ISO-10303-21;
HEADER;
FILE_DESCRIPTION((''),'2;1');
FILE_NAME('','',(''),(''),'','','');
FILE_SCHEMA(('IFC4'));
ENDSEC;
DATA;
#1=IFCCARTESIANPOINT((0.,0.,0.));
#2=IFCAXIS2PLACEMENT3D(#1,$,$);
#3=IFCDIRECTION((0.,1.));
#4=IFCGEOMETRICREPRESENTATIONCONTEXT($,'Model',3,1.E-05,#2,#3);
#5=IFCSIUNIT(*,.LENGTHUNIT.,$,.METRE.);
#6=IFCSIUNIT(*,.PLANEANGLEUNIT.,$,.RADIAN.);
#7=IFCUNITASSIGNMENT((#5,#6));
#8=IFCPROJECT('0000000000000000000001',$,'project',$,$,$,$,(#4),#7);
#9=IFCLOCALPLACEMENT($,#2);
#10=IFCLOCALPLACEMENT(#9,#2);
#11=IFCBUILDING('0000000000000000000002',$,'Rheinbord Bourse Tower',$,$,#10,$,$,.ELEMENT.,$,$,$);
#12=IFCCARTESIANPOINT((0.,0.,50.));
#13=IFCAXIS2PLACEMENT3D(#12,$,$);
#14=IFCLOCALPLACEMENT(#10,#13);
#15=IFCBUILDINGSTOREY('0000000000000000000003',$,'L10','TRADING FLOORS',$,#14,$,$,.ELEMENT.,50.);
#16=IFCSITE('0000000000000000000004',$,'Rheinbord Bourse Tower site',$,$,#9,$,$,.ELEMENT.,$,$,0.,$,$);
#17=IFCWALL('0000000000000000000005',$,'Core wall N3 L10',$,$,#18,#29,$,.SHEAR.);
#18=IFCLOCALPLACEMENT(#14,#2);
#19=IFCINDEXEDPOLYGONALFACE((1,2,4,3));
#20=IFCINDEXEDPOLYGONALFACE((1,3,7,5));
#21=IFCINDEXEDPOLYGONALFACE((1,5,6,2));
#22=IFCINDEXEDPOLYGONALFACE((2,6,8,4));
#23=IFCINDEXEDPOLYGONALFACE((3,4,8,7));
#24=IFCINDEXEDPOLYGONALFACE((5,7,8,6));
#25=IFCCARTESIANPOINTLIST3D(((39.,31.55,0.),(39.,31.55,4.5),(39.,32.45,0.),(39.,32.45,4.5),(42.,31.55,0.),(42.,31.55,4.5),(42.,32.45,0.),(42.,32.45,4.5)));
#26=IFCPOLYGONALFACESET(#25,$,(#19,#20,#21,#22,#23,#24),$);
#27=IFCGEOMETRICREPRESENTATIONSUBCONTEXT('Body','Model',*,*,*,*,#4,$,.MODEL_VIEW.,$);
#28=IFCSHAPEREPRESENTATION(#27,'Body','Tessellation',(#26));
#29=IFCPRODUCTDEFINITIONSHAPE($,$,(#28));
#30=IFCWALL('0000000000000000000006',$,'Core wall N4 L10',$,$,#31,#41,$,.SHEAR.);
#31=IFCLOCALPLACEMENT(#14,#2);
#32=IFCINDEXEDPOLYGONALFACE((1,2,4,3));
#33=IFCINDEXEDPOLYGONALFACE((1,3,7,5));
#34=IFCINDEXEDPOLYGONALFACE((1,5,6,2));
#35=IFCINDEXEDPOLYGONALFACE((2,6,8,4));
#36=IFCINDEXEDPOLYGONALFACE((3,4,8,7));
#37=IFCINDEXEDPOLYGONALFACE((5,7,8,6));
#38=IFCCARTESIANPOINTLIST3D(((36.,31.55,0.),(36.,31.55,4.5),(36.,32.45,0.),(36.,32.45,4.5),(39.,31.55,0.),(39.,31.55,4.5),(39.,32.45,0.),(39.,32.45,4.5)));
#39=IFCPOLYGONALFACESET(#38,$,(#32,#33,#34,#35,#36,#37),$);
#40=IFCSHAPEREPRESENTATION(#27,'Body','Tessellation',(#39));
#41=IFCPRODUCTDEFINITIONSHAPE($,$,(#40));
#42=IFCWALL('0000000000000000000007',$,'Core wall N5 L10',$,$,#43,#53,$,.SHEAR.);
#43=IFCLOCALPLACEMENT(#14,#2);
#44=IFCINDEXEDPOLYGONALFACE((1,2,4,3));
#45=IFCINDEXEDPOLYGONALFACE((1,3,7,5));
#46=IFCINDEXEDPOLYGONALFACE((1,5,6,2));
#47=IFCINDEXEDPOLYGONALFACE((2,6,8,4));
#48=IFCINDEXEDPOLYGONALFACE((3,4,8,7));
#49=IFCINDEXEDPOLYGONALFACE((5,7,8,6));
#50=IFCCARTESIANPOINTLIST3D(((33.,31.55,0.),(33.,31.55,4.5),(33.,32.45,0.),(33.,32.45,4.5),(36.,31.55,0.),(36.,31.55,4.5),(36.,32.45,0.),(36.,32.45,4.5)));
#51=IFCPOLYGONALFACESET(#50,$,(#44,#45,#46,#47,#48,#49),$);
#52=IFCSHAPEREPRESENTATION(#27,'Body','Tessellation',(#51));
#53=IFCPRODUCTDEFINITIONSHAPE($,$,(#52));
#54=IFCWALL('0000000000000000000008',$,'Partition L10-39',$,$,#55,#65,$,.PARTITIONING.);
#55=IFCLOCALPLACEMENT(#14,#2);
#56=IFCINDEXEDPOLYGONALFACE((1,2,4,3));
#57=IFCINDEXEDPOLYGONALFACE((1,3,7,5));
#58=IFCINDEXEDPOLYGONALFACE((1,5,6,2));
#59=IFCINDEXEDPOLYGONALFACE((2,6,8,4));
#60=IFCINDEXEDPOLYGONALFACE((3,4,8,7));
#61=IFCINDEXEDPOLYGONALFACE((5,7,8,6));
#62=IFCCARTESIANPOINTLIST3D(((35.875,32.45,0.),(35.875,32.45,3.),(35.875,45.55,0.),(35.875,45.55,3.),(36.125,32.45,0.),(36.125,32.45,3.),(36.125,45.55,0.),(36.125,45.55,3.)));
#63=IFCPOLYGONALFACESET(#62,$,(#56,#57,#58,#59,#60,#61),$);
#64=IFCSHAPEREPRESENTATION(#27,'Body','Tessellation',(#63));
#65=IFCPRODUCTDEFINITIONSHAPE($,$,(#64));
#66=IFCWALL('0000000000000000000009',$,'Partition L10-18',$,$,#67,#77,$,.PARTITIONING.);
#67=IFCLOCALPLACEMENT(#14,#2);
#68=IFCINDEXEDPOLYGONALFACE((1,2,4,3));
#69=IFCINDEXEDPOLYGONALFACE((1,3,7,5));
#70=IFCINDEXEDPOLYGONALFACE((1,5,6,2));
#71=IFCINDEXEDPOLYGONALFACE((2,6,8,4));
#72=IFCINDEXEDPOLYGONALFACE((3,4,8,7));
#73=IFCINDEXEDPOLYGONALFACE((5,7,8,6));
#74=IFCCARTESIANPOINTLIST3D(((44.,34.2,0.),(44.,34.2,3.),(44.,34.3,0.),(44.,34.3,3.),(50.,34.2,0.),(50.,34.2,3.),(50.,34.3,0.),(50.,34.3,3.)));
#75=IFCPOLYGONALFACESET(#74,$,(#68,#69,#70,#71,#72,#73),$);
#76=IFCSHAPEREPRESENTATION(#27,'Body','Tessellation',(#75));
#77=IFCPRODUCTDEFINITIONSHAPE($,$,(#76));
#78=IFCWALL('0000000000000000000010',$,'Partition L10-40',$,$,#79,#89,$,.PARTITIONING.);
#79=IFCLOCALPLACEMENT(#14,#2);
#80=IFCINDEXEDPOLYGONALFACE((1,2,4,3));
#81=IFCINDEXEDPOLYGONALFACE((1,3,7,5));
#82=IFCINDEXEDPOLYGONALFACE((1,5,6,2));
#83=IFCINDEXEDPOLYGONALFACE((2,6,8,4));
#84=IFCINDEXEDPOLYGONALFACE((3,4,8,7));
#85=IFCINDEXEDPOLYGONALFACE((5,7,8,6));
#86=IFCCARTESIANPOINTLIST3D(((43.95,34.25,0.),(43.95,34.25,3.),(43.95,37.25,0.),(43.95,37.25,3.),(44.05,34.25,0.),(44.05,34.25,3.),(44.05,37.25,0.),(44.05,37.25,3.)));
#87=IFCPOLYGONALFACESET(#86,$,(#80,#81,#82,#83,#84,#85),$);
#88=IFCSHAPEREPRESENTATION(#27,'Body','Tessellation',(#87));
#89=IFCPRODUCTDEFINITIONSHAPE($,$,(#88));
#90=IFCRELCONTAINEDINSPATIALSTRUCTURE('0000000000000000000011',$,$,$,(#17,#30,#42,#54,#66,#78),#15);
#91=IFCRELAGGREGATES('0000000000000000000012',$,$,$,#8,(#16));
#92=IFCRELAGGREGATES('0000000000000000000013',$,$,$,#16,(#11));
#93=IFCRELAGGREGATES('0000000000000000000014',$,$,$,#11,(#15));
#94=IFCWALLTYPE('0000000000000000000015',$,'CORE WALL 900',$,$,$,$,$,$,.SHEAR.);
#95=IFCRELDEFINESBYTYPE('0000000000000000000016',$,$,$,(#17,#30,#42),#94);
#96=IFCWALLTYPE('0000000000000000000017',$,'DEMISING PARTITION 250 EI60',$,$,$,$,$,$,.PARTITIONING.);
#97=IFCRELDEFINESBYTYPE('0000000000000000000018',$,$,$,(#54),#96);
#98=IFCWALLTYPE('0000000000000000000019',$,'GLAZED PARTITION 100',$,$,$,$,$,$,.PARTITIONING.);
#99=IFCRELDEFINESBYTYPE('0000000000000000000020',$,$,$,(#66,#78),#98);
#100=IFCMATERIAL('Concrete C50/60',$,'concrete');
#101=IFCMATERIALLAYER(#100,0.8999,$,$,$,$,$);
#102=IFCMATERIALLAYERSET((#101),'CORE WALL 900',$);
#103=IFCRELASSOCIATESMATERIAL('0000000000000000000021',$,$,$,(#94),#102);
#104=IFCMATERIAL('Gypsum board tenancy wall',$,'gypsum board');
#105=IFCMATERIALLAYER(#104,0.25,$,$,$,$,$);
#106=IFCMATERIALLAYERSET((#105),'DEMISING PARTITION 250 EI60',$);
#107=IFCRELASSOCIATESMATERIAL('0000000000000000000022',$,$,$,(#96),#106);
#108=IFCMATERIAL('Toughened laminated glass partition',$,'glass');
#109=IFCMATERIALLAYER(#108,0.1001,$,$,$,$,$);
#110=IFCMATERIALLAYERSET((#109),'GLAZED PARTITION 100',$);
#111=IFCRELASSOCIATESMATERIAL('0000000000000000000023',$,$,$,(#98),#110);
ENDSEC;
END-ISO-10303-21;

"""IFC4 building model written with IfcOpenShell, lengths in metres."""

from ifc_helpers import new_model, si_unit, direction, frame, frame_2d, origin, place, context, subcontext, project, spatial, rectangle, extrude, material, layer, layer_set, type_object, element, save


model = new_model("IFC4")

# Units and contexts
model_context = context("Model", 3, precision=1e-05, world=origin(), true_north=direction((0.0, 1.0)))
body_context = subcontext(model_context, "Body", "Model", "MODEL_VIEW")
ifc_project = project(units=[si_unit("LENGTHUNIT", "METRE"), si_unit("PLANEANGLEUNIT", "RADIAN")], contexts=[model_context])

# Site, building, storey
site_placement = place(None, origin())
site = spatial("IfcSite", under=ifc_project, at=site_placement, Name="Rheinbord Bourse Tower site", CompositionType="ELEMENT", RefElevation=0.0)
building_placement = place(site_placement, origin())
building = spatial("IfcBuilding", under=site, at=building_placement, Name="Rheinbord Bourse Tower", CompositionType="ELEMENT")
storey_placement = place(building_placement, frame((0.0, 0.0, 50.0)))
storey = spatial("IfcBuildingStorey", under=building, at=storey_placement, Name="L10", Description="TRADING FLOORS", CompositionType="ELEMENT", Elevation=50.0)

# Walls
ifc_material_1 = material(Name="Concrete C50/60", Category="concrete")
ifc_layer_1 = layer(ifc_material_1, 0.8999)
ifc_layer_set_1 = layer_set([ifc_layer_1], Name="CORE WALL 900")
wall_type_1 = type_object("IfcWallType", Name="CORE WALL 900", PredefinedType="SHEAR", material=ifc_layer_set_1)
for number, where, z_axis, x_axis, name in (
    (1, (42.0, 32.0, 0.0), (0.0, 0.0, 1.0), (-1.0, 0.0, 0.0), "Core wall N3 L10"),
    (2, (39.0, 32.0, 0.0), (0.0, 0.0, 1.0), (-1.0, 0.0, 0.0), "Core wall N4 L10"),
    (3, (36.0, 32.0, 0.0), (0.0, 0.0, 1.0), (-1.0, 0.0, 0.0), "Core wall N5 L10"),
):
    element("IfcWall", number, at=place(storey_placement, frame(where, z_axis=z_axis, x_axis=x_axis)), inside=storey, type_object=wall_type_1, Name=name, PredefinedType="SHEAR", context=body_context, shape_type="SweptSolid", body=[
        extrude(rectangle(XDim=3.0, YDim=0.8999, at=frame_2d((1.5, 0.0))), origin(), (0.0, 0.0, 1.0), 4.5),
    ])
ifc_material_2 = material(Name="Gypsum board tenancy wall", Category="gypsum board")
ifc_layer_2 = layer(ifc_material_2, 0.25)
ifc_layer_set_2 = layer_set([ifc_layer_2], Name="DEMISING PARTITION 250 EI60")
wall_type_2 = type_object("IfcWallType", Name="DEMISING PARTITION 250 EI60", PredefinedType="PARTITIONING", material=ifc_layer_set_2)
wall_1_placement = place(storey_placement, frame((36.0, 32.45, 0.0), z_axis=(0.0, 0.0, 1.0), x_axis=(0.0, 1.0, 0.0)))
element("IfcWall", 4, at=wall_1_placement, inside=storey, type_object=wall_type_2, Name="Partition L10-39", PredefinedType="PARTITIONING", context=body_context, shape_type="SweptSolid", body=[
    extrude(rectangle(XDim=13.1001, YDim=0.25, at=frame_2d((6.55, 0.0))), origin(), (0.0, 0.0, 1.0), 3.0),
])
ifc_material_3 = material(Name="Toughened laminated glass partition", Category="glass")
ifc_layer_3 = layer(ifc_material_3, 0.1001)
ifc_layer_set_3 = layer_set([ifc_layer_3], Name="GLAZED PARTITION 100")
wall_type_3 = type_object("IfcWallType", Name="GLAZED PARTITION 100", PredefinedType="PARTITIONING", material=ifc_layer_set_3)
wall_2_placement = place(storey_placement, frame((44.0, 34.25, 0.0), z_axis=(0.0, 0.0, 1.0), x_axis=(1.0, 0.0, 0.0)))
element("IfcWall", 5, at=wall_2_placement, inside=storey, type_object=wall_type_3, Name="Partition L10-18", PredefinedType="PARTITIONING", context=body_context, shape_type="SweptSolid", body=[
    extrude(rectangle(XDim=6.0, YDim=0.1001, at=frame_2d((3.0, 0.0))), origin(), (0.0, 0.0, 1.0), 3.0),
])
wall_3_placement = place(storey_placement, frame((44.0, 34.25, 0.0), z_axis=(0.0, 0.0, 1.0), x_axis=(0.0, 1.0, 0.0)))
element("IfcWall", 6, at=wall_3_placement, inside=storey, type_object=wall_type_3, Name="Partition L10-40", PredefinedType="PARTITIONING", context=body_context, shape_type="SweptSolid", body=[
    extrude(rectangle(XDim=3.0, YDim=0.1001, at=frame_2d((1.5, 0.0))), origin(), (0.0, 0.0, 1.0), 3.0),
])

save(model, "model.ifc")
